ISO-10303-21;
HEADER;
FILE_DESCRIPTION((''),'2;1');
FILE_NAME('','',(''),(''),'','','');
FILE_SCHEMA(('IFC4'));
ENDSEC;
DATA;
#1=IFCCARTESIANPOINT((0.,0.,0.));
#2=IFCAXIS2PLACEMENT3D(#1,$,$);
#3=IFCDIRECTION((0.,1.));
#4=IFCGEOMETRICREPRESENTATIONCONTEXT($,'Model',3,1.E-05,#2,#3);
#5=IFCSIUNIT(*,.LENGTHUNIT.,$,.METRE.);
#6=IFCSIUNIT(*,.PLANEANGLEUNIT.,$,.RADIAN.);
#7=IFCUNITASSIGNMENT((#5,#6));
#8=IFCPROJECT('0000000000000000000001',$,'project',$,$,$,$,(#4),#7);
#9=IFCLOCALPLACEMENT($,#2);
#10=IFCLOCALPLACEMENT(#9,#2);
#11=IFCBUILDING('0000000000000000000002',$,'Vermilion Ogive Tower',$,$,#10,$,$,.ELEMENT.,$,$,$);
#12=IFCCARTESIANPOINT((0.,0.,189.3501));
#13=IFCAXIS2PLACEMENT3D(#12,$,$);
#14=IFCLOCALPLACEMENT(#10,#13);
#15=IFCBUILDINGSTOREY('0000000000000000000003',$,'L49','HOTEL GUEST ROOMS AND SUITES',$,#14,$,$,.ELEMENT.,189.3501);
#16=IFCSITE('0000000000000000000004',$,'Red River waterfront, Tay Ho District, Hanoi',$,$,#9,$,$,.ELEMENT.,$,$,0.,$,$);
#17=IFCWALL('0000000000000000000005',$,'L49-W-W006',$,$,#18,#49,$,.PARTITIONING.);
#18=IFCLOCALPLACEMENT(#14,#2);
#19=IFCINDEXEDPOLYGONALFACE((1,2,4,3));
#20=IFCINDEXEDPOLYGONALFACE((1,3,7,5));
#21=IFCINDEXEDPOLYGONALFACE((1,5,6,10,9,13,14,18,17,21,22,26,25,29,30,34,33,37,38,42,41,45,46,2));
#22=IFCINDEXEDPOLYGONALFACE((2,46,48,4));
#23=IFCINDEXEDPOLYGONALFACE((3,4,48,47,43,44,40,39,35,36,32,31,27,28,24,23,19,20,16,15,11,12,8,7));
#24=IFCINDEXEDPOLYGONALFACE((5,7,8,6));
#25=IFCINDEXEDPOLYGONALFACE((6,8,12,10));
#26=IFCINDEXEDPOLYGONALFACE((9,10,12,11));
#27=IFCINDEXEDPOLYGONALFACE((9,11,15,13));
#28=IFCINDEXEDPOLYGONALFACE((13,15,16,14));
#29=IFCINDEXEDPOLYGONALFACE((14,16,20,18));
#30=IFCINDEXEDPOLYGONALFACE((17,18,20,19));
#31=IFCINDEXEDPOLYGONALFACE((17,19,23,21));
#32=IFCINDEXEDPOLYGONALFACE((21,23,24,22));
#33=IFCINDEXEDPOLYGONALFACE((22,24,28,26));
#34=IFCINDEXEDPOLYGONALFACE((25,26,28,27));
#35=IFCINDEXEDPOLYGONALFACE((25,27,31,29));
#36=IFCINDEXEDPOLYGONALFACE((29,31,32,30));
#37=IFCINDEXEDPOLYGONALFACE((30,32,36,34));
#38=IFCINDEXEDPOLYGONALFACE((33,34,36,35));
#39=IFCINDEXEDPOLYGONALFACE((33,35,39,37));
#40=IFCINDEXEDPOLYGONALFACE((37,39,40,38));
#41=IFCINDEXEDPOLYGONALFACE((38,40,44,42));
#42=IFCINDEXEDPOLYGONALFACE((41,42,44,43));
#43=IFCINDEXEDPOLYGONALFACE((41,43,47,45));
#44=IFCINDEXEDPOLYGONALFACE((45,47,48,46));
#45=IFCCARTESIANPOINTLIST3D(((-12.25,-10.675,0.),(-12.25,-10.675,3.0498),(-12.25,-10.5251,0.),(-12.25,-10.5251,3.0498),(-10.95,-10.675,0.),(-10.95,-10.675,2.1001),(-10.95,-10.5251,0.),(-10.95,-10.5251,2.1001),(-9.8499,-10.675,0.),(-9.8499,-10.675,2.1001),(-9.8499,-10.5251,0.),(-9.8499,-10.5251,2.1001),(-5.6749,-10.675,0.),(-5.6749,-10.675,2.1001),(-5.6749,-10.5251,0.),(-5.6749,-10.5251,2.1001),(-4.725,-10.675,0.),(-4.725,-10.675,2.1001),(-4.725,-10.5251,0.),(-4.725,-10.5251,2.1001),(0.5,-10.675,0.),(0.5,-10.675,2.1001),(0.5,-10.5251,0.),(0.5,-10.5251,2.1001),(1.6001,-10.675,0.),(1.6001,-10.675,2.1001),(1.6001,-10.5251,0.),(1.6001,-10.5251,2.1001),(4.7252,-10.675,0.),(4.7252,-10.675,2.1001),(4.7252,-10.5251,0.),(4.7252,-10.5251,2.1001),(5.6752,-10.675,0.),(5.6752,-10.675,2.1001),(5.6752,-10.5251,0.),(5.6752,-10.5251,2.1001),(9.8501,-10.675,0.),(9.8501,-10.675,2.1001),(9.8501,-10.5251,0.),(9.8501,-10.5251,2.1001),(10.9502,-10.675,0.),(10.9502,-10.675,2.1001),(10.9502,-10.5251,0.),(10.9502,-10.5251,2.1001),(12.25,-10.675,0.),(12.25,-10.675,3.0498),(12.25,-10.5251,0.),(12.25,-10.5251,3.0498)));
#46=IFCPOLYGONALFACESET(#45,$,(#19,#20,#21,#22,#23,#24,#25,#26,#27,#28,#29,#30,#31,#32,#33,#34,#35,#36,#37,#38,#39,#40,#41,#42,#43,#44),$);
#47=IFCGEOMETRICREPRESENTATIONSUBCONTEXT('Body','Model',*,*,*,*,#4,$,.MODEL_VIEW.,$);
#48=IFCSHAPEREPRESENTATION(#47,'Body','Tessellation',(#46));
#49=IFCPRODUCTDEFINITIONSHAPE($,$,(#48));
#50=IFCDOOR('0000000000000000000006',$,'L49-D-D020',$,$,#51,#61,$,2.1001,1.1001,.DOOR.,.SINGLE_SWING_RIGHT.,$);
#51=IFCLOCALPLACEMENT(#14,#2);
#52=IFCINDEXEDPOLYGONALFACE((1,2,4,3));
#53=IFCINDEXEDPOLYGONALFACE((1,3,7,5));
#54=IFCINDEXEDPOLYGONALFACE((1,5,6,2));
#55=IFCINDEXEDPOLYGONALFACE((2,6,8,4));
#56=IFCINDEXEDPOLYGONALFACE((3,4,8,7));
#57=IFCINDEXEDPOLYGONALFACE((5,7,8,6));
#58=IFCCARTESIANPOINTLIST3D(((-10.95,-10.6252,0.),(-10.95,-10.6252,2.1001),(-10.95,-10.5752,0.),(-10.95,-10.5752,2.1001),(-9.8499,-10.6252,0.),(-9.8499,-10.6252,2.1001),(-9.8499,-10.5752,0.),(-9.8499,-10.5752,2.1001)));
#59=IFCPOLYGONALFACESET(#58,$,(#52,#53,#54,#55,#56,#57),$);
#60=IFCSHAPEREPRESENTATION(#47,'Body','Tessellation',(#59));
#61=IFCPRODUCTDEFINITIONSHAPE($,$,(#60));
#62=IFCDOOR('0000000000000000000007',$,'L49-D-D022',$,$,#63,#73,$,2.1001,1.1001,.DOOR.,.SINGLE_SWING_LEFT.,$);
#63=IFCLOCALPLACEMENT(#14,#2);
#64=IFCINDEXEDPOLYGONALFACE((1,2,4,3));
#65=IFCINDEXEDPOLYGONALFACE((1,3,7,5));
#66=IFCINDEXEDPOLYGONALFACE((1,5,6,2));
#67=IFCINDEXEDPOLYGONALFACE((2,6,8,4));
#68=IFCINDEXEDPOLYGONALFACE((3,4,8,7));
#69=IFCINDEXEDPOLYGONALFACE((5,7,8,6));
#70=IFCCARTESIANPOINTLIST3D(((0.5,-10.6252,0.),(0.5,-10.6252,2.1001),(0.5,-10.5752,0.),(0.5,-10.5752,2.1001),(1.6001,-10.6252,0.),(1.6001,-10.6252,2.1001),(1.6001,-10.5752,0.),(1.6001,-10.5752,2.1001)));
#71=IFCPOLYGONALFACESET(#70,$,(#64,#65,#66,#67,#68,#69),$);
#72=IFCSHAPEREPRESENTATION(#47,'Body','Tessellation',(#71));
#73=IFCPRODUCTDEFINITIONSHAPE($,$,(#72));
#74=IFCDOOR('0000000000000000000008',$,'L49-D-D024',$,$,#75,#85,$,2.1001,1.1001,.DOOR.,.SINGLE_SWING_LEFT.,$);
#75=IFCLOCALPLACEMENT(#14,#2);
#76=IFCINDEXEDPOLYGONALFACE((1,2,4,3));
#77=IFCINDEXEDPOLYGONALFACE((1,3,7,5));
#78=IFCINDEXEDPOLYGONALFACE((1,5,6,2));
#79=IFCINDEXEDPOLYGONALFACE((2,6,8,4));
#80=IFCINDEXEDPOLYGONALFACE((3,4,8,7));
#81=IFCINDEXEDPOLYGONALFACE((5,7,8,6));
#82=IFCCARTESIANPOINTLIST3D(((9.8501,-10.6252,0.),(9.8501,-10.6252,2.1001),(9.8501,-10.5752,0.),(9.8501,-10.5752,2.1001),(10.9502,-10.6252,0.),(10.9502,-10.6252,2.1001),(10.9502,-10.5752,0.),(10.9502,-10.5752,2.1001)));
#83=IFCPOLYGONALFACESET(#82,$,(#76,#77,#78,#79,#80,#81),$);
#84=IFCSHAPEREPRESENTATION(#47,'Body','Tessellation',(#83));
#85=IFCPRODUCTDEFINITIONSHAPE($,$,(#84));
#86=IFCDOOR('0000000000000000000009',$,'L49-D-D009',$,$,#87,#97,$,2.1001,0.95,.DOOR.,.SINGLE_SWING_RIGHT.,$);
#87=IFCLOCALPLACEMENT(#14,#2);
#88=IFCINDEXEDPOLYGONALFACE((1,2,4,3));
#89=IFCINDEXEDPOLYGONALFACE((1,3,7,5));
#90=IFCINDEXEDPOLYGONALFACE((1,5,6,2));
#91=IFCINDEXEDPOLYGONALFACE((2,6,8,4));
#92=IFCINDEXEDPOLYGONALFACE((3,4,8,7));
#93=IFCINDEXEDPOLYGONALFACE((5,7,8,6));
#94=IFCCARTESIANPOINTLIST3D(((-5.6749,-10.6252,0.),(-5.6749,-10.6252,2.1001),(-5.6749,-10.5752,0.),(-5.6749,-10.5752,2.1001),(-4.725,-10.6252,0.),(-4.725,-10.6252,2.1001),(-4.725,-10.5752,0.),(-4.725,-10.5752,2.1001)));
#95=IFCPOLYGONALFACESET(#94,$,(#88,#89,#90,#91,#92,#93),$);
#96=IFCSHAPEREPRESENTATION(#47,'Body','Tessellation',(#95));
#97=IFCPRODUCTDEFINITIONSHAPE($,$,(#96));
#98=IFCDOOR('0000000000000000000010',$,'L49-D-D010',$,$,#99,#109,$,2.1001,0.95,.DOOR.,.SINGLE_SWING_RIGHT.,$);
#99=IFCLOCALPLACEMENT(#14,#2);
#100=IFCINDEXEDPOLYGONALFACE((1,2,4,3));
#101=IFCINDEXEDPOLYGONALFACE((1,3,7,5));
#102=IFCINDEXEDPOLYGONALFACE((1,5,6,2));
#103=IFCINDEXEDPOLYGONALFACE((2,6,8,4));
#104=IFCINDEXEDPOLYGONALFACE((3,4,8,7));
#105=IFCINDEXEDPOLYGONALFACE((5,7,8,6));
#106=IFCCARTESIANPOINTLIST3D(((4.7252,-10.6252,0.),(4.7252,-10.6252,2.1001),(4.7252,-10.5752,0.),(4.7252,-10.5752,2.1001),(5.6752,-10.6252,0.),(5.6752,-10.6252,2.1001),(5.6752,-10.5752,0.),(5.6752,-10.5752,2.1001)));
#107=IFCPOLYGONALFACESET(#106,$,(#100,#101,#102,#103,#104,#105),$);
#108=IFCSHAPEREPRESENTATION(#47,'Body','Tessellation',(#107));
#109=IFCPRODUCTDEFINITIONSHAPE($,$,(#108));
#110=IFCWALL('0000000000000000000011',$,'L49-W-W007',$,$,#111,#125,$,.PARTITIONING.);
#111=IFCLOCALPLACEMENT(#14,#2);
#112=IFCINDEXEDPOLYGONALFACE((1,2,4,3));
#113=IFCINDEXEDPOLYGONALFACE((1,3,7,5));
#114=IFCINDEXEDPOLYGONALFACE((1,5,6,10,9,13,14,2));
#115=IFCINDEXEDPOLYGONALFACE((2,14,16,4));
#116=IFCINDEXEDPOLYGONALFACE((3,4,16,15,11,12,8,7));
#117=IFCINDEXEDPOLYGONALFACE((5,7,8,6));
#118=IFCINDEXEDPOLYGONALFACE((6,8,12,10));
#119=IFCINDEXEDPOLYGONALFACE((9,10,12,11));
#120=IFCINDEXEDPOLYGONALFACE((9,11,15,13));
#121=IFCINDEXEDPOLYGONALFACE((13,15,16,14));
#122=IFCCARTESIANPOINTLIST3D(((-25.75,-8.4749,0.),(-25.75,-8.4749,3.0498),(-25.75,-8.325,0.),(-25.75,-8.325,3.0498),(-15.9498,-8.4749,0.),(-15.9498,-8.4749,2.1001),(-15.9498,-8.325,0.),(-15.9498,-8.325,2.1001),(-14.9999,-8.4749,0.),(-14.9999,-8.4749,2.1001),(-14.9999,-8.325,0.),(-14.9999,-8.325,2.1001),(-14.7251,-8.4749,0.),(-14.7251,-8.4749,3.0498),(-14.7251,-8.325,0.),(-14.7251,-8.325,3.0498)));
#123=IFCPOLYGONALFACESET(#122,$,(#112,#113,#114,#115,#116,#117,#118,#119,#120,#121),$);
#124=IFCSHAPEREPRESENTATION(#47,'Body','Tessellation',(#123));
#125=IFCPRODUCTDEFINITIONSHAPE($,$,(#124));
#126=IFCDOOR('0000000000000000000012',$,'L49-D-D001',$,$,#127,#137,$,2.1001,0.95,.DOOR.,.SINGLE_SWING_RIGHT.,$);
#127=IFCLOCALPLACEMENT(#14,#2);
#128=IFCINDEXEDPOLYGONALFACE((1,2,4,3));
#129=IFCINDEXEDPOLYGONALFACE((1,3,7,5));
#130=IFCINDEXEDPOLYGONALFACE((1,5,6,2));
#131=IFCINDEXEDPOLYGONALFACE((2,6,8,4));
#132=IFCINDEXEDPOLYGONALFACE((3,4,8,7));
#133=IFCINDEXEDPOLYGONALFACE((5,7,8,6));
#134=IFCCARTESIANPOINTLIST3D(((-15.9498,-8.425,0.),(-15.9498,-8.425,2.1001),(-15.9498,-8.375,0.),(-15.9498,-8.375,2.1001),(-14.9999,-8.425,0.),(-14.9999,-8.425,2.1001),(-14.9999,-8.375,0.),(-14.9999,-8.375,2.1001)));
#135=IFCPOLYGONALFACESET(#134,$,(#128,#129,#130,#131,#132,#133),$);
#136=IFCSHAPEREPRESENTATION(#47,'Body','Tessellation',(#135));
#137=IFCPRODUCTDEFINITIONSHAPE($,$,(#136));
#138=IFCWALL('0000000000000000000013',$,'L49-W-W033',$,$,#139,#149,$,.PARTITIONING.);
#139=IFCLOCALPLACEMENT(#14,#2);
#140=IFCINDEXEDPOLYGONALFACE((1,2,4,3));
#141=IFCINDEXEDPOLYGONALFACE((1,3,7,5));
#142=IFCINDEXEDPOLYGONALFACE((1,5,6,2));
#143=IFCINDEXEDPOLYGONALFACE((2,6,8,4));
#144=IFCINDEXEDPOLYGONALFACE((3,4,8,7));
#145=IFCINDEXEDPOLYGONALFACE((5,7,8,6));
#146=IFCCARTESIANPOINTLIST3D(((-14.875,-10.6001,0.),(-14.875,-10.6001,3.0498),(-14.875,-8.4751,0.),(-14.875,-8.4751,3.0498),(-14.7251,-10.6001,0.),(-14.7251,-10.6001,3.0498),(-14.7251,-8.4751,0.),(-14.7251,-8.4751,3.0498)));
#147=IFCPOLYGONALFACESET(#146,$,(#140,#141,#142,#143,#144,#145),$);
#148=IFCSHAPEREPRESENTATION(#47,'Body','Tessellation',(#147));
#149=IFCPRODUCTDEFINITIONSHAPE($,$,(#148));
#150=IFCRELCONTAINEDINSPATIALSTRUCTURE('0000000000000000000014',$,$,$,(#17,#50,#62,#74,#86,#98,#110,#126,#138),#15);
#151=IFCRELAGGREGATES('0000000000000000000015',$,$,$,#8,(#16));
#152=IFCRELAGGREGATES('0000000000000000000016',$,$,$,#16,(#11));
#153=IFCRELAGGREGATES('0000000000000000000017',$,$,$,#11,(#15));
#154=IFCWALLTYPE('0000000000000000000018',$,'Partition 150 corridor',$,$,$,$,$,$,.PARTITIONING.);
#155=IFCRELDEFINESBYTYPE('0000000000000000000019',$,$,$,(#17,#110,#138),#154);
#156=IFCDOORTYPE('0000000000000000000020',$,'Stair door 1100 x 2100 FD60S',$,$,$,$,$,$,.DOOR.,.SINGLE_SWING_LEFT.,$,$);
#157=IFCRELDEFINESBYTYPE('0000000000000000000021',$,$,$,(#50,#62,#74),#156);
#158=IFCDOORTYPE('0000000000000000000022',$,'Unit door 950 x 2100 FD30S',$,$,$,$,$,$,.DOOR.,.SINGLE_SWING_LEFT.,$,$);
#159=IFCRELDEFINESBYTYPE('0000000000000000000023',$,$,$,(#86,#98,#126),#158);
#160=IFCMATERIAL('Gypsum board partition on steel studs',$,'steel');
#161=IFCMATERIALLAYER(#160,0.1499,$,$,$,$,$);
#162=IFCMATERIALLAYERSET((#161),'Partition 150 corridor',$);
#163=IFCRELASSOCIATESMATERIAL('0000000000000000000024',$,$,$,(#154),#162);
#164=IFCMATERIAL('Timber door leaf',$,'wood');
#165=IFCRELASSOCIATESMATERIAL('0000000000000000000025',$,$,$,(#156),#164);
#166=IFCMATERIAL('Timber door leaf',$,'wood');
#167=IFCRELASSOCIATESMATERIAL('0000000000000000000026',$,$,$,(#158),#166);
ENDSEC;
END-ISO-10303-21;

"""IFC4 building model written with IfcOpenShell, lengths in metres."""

from ifc_helpers import new_model, si_unit, direction, frame, frame_2d, origin, place, context, subcontext, project, spatial, rectangle, extrude, material, layer, layer_set, type_object, element, fill, save


model = new_model("IFC4")

# Units and contexts
model_context = context("Model", 3, precision=1e-05, world=origin(), true_north=direction((0.0, 1.0)))
body_context = subcontext(model_context, "Body", "Model", "MODEL_VIEW")
ifc_project = project(units=[si_unit("LENGTHUNIT", "METRE"), si_unit("PLANEANGLEUNIT", "RADIAN")], contexts=[model_context])

# Site, building, storey
site_placement = place(None, origin())
site = spatial("IfcSite", under=ifc_project, at=site_placement, Name="Red River waterfront, Tay Ho District, Hanoi", CompositionType="ELEMENT", RefElevation=0.0)
building_placement = place(site_placement, origin())
building = spatial("IfcBuilding", under=site, at=building_placement, Name="Vermilion Ogive Tower", CompositionType="ELEMENT")
storey_placement = place(building_placement, frame((0.0, 0.0, 189.3501)))
storey = spatial("IfcBuildingStorey", under=building, at=storey_placement, Name="L49", Description="HOTEL GUEST ROOMS AND SUITES", CompositionType="ELEMENT", Elevation=189.3501)

# Wall, openings, doors
ifc_material_1 = material(Name="Gypsum board partition on steel studs", Category="steel")
ifc_layer_1 = layer(ifc_material_1, 0.1499)
ifc_layer_set_1 = layer_set([ifc_layer_1], Name="Partition 150 corridor")
wall_type_1 = type_object("IfcWallType", Name="Partition 150 corridor", PredefinedType="PARTITIONING", material=ifc_layer_set_1)
wall_1_placement = place(storey_placement, frame((-12.25, -10.6001, 0.0), z_axis=(0.0, 0.0, 1.0), x_axis=(1.0, 0.0, 0.0)))
wall_1 = element("IfcWall", 1, at=wall_1_placement, inside=storey, type_object=wall_type_1, Name="L49-W-W006", PredefinedType="PARTITIONING", context=body_context, shape_type="SweptSolid", body=[
    extrude(rectangle(XDim=24.5, YDim=0.1499, at=frame_2d((12.25, 0.0))), origin(), (0.0, 0.0, 1.0), 3.0498),
])
opening_1_placement = place(wall_1_placement, frame((6.575, 0.0, 0.0)))
opening_1 = element("IfcOpeningElement", 2, at=opening_1_placement, cuts=wall_1, PredefinedType="OPENING", context=body_context, shape_type="SweptSolid", body=[
    extrude(rectangle(XDim=0.95, YDim=2.1001, at=frame_2d((0.4751, 1.05))), frame((0.0, 0.085, 0.0), z_axis=(0.0, -1.0, 0.0), x_axis=(1.0, 0.0, 0.0)), (0.0, 0.0, 1.0), 0.1699),
])
opening_2_placement = place(wall_1_placement, frame((16.9751, 0.0, 0.0)))
opening_2 = element("IfcOpeningElement", 3, at=opening_2_placement, cuts=wall_1, PredefinedType="OPENING", context=body_context, shape_type="SweptSolid", body=[
    extrude(rectangle(XDim=0.95, YDim=2.1001, at=frame_2d((0.4751, 1.05))), frame((0.0, 0.085, 0.0), z_axis=(0.0, -1.0, 0.0), x_axis=(1.0, 0.0, 0.0)), (0.0, 0.0, 1.0), 0.1699),
])
opening_3_placement = place(wall_1_placement, frame((1.3, 0.0, 0.0)))
opening_3 = element("IfcOpeningElement", 4, at=opening_3_placement, cuts=wall_1, PredefinedType="OPENING", context=body_context, shape_type="SweptSolid", body=[
    extrude(rectangle(XDim=1.1001, YDim=2.1001, at=frame_2d((0.55, 1.05))), frame((0.0, 0.085, 0.0), z_axis=(0.0, -1.0, 0.0), x_axis=(1.0, 0.0, 0.0)), (0.0, 0.0, 1.0), 0.1699),
])
opening_4_placement = place(wall_1_placement, frame((12.75, 0.0, 0.0)))
opening_4 = element("IfcOpeningElement", 5, at=opening_4_placement, cuts=wall_1, PredefinedType="OPENING", context=body_context, shape_type="SweptSolid", body=[
    extrude(rectangle(XDim=1.1001, YDim=2.1001, at=frame_2d((0.55, 1.05))), frame((0.0, 0.085, 0.0), z_axis=(0.0, -1.0, 0.0), x_axis=(1.0, 0.0, 0.0)), (0.0, 0.0, 1.0), 0.1699),
])
opening_5_placement = place(wall_1_placement, frame((22.1001, 0.0, 0.0)))
opening_5 = element("IfcOpeningElement", 6, at=opening_5_placement, cuts=wall_1, PredefinedType="OPENING", context=body_context, shape_type="SweptSolid", body=[
    extrude(rectangle(XDim=1.1001, YDim=2.1001, at=frame_2d((0.55, 1.05))), frame((0.0, 0.085, 0.0), z_axis=(0.0, -1.0, 0.0), x_axis=(1.0, 0.0, 0.0)), (0.0, 0.0, 1.0), 0.1699),
])
ifc_material_2 = material(Name="Timber door leaf", Category="wood")
door_type_1 = type_object("IfcDoorType", Name="Stair door 1100 x 2100 FD60S", OperationType="SINGLE_SWING_LEFT", PredefinedType="DOOR", material=ifc_material_2)
door_1_placement = place(opening_3_placement, origin())
door_1 = element("IfcDoor", 7, at=door_1_placement, inside=storey, type_object=door_type_1, Name="L49-D-D020", OperationType="SINGLE_SWING_RIGHT", OverallHeight=2.1001, OverallWidth=1.1001, PredefinedType="DOOR", context=body_context, shape_type="SweptSolid", body=[
    extrude(rectangle(XDim=1.1001, YDim=2.1001, at=frame_2d((0.55, 1.05))), frame((0.0, 0.0249, 0.0), z_axis=(0.0, -1.0, 0.0), x_axis=(1.0, 0.0, 0.0)), (0.0, 0.0, 1.0), 0.05),
])
fill(opening_3, door_1)
door_2_placement = place(opening_4_placement, origin())
door_2 = element("IfcDoor", 8, at=door_2_placement, inside=storey, type_object=door_type_1, Name="L49-D-D022", OperationType="SINGLE_SWING_LEFT", OverallHeight=2.1001, OverallWidth=1.1001, PredefinedType="DOOR", context=body_context, shape_type="SweptSolid", body=[
    extrude(rectangle(XDim=1.1001, YDim=2.1001, at=frame_2d((0.55, 1.05))), frame((0.0, 0.0249, 0.0), z_axis=(0.0, -1.0, 0.0), x_axis=(1.0, 0.0, 0.0)), (0.0, 0.0, 1.0), 0.05),
])
fill(opening_4, door_2)
door_3_placement = place(opening_5_placement, origin())
door_3 = element("IfcDoor", 9, at=door_3_placement, inside=storey, type_object=door_type_1, Name="L49-D-D024", OperationType="SINGLE_SWING_LEFT", OverallHeight=2.1001, OverallWidth=1.1001, PredefinedType="DOOR", context=body_context, shape_type="SweptSolid", body=[
    extrude(rectangle(XDim=1.1001, YDim=2.1001, at=frame_2d((0.55, 1.05))), frame((0.0, 0.0249, 0.0), z_axis=(0.0, -1.0, 0.0), x_axis=(1.0, 0.0, 0.0)), (0.0, 0.0, 1.0), 0.05),
])
fill(opening_5, door_3)
ifc_material_3 = material(Name="Timber door leaf", Category="wood")
door_type_2 = type_object("IfcDoorType", Name="Unit door 950 x 2100 FD30S", OperationType="SINGLE_SWING_LEFT", PredefinedType="DOOR", material=ifc_material_3)
door_4_placement = place(opening_1_placement, origin())
door_4 = element("IfcDoor", 10, at=door_4_placement, inside=storey, type_object=door_type_2, Name="L49-D-D009", OperationType="SINGLE_SWING_RIGHT", OverallHeight=2.1001, OverallWidth=0.95, PredefinedType="DOOR", context=body_context, shape_type="SweptSolid", body=[
    extrude(rectangle(XDim=0.95, YDim=2.1001, at=frame_2d((0.4751, 1.05))), frame((0.0, 0.0249, 0.0), z_axis=(0.0, -1.0, 0.0), x_axis=(1.0, 0.0, 0.0)), (0.0, 0.0, 1.0), 0.05),
])
fill(opening_1, door_4)
door_5_placement = place(opening_2_placement, origin())
door_5 = element("IfcDoor", 11, at=door_5_placement, inside=storey, type_object=door_type_2, Name="L49-D-D010", OperationType="SINGLE_SWING_RIGHT", OverallHeight=2.1001, OverallWidth=0.95, PredefinedType="DOOR", context=body_context, shape_type="SweptSolid", body=[
    extrude(rectangle(XDim=0.95, YDim=2.1001, at=frame_2d((0.4751, 1.05))), frame((0.0, 0.0249, 0.0), z_axis=(0.0, -1.0, 0.0), x_axis=(1.0, 0.0, 0.0)), (0.0, 0.0, 1.0), 0.05),
])
fill(opening_2, door_5)

# Wall, opening, door
wall_2_placement = place(storey_placement, frame((-25.75, -8.3999, 0.0), z_axis=(0.0, 0.0, 1.0), x_axis=(1.0, 0.0, 0.0)))
wall_2 = element("IfcWall", 12, at=wall_2_placement, inside=storey, type_object=wall_type_1, Name="L49-W-W007", PredefinedType="PARTITIONING", context=body_context, shape_type="SweptSolid", body=[
    extrude(rectangle(XDim=11.0249, YDim=0.1499, at=frame_2d((5.5125, 0.0))), origin(), (0.0, 0.0, 1.0), 3.0498),
])
opening_6_placement = place(wall_2_placement, frame((9.8, 0.0, 0.0)))
opening_6 = element("IfcOpeningElement", 13, at=opening_6_placement, cuts=wall_2, PredefinedType="OPENING", context=body_context, shape_type="SweptSolid", body=[
    extrude(rectangle(XDim=0.95, YDim=2.1001, at=frame_2d((0.4751, 1.05))), frame((0.0, 0.085, 0.0), z_axis=(0.0, -1.0, 0.0), x_axis=(1.0, 0.0, 0.0)), (0.0, 0.0, 1.0), 0.1699),
])
door_6_placement = place(opening_6_placement, origin())
door_6 = element("IfcDoor", 14, at=door_6_placement, inside=storey, type_object=door_type_2, Name="L49-D-D001", OperationType="SINGLE_SWING_RIGHT", OverallHeight=2.1001, OverallWidth=0.95, PredefinedType="DOOR", context=body_context, shape_type="SweptSolid", body=[
    extrude(rectangle(XDim=0.95, YDim=2.1001, at=frame_2d((0.4751, 1.05))), frame((0.0, 0.0249, 0.0), z_axis=(0.0, -1.0, 0.0), x_axis=(1.0, 0.0, 0.0)), (0.0, 0.0, 1.0), 0.05),
])
fill(opening_6, door_6)

# Wall
wall_3_placement = place(storey_placement, frame((-14.8, -10.6001, 0.0), z_axis=(0.0, 0.0, 1.0), x_axis=(0.0, 1.0, 0.0)))
element("IfcWall", 15, at=wall_3_placement, inside=storey, type_object=wall_type_1, Name="L49-W-W033", PredefinedType="PARTITIONING", context=body_context, shape_type="SweptSolid", body=[
    extrude(rectangle(XDim=2.125, YDim=0.1499, at=frame_2d((1.0625, 0.0))), origin(), (0.0, 0.0, 1.0), 3.0498),
])

save(model, "model.ifc")
